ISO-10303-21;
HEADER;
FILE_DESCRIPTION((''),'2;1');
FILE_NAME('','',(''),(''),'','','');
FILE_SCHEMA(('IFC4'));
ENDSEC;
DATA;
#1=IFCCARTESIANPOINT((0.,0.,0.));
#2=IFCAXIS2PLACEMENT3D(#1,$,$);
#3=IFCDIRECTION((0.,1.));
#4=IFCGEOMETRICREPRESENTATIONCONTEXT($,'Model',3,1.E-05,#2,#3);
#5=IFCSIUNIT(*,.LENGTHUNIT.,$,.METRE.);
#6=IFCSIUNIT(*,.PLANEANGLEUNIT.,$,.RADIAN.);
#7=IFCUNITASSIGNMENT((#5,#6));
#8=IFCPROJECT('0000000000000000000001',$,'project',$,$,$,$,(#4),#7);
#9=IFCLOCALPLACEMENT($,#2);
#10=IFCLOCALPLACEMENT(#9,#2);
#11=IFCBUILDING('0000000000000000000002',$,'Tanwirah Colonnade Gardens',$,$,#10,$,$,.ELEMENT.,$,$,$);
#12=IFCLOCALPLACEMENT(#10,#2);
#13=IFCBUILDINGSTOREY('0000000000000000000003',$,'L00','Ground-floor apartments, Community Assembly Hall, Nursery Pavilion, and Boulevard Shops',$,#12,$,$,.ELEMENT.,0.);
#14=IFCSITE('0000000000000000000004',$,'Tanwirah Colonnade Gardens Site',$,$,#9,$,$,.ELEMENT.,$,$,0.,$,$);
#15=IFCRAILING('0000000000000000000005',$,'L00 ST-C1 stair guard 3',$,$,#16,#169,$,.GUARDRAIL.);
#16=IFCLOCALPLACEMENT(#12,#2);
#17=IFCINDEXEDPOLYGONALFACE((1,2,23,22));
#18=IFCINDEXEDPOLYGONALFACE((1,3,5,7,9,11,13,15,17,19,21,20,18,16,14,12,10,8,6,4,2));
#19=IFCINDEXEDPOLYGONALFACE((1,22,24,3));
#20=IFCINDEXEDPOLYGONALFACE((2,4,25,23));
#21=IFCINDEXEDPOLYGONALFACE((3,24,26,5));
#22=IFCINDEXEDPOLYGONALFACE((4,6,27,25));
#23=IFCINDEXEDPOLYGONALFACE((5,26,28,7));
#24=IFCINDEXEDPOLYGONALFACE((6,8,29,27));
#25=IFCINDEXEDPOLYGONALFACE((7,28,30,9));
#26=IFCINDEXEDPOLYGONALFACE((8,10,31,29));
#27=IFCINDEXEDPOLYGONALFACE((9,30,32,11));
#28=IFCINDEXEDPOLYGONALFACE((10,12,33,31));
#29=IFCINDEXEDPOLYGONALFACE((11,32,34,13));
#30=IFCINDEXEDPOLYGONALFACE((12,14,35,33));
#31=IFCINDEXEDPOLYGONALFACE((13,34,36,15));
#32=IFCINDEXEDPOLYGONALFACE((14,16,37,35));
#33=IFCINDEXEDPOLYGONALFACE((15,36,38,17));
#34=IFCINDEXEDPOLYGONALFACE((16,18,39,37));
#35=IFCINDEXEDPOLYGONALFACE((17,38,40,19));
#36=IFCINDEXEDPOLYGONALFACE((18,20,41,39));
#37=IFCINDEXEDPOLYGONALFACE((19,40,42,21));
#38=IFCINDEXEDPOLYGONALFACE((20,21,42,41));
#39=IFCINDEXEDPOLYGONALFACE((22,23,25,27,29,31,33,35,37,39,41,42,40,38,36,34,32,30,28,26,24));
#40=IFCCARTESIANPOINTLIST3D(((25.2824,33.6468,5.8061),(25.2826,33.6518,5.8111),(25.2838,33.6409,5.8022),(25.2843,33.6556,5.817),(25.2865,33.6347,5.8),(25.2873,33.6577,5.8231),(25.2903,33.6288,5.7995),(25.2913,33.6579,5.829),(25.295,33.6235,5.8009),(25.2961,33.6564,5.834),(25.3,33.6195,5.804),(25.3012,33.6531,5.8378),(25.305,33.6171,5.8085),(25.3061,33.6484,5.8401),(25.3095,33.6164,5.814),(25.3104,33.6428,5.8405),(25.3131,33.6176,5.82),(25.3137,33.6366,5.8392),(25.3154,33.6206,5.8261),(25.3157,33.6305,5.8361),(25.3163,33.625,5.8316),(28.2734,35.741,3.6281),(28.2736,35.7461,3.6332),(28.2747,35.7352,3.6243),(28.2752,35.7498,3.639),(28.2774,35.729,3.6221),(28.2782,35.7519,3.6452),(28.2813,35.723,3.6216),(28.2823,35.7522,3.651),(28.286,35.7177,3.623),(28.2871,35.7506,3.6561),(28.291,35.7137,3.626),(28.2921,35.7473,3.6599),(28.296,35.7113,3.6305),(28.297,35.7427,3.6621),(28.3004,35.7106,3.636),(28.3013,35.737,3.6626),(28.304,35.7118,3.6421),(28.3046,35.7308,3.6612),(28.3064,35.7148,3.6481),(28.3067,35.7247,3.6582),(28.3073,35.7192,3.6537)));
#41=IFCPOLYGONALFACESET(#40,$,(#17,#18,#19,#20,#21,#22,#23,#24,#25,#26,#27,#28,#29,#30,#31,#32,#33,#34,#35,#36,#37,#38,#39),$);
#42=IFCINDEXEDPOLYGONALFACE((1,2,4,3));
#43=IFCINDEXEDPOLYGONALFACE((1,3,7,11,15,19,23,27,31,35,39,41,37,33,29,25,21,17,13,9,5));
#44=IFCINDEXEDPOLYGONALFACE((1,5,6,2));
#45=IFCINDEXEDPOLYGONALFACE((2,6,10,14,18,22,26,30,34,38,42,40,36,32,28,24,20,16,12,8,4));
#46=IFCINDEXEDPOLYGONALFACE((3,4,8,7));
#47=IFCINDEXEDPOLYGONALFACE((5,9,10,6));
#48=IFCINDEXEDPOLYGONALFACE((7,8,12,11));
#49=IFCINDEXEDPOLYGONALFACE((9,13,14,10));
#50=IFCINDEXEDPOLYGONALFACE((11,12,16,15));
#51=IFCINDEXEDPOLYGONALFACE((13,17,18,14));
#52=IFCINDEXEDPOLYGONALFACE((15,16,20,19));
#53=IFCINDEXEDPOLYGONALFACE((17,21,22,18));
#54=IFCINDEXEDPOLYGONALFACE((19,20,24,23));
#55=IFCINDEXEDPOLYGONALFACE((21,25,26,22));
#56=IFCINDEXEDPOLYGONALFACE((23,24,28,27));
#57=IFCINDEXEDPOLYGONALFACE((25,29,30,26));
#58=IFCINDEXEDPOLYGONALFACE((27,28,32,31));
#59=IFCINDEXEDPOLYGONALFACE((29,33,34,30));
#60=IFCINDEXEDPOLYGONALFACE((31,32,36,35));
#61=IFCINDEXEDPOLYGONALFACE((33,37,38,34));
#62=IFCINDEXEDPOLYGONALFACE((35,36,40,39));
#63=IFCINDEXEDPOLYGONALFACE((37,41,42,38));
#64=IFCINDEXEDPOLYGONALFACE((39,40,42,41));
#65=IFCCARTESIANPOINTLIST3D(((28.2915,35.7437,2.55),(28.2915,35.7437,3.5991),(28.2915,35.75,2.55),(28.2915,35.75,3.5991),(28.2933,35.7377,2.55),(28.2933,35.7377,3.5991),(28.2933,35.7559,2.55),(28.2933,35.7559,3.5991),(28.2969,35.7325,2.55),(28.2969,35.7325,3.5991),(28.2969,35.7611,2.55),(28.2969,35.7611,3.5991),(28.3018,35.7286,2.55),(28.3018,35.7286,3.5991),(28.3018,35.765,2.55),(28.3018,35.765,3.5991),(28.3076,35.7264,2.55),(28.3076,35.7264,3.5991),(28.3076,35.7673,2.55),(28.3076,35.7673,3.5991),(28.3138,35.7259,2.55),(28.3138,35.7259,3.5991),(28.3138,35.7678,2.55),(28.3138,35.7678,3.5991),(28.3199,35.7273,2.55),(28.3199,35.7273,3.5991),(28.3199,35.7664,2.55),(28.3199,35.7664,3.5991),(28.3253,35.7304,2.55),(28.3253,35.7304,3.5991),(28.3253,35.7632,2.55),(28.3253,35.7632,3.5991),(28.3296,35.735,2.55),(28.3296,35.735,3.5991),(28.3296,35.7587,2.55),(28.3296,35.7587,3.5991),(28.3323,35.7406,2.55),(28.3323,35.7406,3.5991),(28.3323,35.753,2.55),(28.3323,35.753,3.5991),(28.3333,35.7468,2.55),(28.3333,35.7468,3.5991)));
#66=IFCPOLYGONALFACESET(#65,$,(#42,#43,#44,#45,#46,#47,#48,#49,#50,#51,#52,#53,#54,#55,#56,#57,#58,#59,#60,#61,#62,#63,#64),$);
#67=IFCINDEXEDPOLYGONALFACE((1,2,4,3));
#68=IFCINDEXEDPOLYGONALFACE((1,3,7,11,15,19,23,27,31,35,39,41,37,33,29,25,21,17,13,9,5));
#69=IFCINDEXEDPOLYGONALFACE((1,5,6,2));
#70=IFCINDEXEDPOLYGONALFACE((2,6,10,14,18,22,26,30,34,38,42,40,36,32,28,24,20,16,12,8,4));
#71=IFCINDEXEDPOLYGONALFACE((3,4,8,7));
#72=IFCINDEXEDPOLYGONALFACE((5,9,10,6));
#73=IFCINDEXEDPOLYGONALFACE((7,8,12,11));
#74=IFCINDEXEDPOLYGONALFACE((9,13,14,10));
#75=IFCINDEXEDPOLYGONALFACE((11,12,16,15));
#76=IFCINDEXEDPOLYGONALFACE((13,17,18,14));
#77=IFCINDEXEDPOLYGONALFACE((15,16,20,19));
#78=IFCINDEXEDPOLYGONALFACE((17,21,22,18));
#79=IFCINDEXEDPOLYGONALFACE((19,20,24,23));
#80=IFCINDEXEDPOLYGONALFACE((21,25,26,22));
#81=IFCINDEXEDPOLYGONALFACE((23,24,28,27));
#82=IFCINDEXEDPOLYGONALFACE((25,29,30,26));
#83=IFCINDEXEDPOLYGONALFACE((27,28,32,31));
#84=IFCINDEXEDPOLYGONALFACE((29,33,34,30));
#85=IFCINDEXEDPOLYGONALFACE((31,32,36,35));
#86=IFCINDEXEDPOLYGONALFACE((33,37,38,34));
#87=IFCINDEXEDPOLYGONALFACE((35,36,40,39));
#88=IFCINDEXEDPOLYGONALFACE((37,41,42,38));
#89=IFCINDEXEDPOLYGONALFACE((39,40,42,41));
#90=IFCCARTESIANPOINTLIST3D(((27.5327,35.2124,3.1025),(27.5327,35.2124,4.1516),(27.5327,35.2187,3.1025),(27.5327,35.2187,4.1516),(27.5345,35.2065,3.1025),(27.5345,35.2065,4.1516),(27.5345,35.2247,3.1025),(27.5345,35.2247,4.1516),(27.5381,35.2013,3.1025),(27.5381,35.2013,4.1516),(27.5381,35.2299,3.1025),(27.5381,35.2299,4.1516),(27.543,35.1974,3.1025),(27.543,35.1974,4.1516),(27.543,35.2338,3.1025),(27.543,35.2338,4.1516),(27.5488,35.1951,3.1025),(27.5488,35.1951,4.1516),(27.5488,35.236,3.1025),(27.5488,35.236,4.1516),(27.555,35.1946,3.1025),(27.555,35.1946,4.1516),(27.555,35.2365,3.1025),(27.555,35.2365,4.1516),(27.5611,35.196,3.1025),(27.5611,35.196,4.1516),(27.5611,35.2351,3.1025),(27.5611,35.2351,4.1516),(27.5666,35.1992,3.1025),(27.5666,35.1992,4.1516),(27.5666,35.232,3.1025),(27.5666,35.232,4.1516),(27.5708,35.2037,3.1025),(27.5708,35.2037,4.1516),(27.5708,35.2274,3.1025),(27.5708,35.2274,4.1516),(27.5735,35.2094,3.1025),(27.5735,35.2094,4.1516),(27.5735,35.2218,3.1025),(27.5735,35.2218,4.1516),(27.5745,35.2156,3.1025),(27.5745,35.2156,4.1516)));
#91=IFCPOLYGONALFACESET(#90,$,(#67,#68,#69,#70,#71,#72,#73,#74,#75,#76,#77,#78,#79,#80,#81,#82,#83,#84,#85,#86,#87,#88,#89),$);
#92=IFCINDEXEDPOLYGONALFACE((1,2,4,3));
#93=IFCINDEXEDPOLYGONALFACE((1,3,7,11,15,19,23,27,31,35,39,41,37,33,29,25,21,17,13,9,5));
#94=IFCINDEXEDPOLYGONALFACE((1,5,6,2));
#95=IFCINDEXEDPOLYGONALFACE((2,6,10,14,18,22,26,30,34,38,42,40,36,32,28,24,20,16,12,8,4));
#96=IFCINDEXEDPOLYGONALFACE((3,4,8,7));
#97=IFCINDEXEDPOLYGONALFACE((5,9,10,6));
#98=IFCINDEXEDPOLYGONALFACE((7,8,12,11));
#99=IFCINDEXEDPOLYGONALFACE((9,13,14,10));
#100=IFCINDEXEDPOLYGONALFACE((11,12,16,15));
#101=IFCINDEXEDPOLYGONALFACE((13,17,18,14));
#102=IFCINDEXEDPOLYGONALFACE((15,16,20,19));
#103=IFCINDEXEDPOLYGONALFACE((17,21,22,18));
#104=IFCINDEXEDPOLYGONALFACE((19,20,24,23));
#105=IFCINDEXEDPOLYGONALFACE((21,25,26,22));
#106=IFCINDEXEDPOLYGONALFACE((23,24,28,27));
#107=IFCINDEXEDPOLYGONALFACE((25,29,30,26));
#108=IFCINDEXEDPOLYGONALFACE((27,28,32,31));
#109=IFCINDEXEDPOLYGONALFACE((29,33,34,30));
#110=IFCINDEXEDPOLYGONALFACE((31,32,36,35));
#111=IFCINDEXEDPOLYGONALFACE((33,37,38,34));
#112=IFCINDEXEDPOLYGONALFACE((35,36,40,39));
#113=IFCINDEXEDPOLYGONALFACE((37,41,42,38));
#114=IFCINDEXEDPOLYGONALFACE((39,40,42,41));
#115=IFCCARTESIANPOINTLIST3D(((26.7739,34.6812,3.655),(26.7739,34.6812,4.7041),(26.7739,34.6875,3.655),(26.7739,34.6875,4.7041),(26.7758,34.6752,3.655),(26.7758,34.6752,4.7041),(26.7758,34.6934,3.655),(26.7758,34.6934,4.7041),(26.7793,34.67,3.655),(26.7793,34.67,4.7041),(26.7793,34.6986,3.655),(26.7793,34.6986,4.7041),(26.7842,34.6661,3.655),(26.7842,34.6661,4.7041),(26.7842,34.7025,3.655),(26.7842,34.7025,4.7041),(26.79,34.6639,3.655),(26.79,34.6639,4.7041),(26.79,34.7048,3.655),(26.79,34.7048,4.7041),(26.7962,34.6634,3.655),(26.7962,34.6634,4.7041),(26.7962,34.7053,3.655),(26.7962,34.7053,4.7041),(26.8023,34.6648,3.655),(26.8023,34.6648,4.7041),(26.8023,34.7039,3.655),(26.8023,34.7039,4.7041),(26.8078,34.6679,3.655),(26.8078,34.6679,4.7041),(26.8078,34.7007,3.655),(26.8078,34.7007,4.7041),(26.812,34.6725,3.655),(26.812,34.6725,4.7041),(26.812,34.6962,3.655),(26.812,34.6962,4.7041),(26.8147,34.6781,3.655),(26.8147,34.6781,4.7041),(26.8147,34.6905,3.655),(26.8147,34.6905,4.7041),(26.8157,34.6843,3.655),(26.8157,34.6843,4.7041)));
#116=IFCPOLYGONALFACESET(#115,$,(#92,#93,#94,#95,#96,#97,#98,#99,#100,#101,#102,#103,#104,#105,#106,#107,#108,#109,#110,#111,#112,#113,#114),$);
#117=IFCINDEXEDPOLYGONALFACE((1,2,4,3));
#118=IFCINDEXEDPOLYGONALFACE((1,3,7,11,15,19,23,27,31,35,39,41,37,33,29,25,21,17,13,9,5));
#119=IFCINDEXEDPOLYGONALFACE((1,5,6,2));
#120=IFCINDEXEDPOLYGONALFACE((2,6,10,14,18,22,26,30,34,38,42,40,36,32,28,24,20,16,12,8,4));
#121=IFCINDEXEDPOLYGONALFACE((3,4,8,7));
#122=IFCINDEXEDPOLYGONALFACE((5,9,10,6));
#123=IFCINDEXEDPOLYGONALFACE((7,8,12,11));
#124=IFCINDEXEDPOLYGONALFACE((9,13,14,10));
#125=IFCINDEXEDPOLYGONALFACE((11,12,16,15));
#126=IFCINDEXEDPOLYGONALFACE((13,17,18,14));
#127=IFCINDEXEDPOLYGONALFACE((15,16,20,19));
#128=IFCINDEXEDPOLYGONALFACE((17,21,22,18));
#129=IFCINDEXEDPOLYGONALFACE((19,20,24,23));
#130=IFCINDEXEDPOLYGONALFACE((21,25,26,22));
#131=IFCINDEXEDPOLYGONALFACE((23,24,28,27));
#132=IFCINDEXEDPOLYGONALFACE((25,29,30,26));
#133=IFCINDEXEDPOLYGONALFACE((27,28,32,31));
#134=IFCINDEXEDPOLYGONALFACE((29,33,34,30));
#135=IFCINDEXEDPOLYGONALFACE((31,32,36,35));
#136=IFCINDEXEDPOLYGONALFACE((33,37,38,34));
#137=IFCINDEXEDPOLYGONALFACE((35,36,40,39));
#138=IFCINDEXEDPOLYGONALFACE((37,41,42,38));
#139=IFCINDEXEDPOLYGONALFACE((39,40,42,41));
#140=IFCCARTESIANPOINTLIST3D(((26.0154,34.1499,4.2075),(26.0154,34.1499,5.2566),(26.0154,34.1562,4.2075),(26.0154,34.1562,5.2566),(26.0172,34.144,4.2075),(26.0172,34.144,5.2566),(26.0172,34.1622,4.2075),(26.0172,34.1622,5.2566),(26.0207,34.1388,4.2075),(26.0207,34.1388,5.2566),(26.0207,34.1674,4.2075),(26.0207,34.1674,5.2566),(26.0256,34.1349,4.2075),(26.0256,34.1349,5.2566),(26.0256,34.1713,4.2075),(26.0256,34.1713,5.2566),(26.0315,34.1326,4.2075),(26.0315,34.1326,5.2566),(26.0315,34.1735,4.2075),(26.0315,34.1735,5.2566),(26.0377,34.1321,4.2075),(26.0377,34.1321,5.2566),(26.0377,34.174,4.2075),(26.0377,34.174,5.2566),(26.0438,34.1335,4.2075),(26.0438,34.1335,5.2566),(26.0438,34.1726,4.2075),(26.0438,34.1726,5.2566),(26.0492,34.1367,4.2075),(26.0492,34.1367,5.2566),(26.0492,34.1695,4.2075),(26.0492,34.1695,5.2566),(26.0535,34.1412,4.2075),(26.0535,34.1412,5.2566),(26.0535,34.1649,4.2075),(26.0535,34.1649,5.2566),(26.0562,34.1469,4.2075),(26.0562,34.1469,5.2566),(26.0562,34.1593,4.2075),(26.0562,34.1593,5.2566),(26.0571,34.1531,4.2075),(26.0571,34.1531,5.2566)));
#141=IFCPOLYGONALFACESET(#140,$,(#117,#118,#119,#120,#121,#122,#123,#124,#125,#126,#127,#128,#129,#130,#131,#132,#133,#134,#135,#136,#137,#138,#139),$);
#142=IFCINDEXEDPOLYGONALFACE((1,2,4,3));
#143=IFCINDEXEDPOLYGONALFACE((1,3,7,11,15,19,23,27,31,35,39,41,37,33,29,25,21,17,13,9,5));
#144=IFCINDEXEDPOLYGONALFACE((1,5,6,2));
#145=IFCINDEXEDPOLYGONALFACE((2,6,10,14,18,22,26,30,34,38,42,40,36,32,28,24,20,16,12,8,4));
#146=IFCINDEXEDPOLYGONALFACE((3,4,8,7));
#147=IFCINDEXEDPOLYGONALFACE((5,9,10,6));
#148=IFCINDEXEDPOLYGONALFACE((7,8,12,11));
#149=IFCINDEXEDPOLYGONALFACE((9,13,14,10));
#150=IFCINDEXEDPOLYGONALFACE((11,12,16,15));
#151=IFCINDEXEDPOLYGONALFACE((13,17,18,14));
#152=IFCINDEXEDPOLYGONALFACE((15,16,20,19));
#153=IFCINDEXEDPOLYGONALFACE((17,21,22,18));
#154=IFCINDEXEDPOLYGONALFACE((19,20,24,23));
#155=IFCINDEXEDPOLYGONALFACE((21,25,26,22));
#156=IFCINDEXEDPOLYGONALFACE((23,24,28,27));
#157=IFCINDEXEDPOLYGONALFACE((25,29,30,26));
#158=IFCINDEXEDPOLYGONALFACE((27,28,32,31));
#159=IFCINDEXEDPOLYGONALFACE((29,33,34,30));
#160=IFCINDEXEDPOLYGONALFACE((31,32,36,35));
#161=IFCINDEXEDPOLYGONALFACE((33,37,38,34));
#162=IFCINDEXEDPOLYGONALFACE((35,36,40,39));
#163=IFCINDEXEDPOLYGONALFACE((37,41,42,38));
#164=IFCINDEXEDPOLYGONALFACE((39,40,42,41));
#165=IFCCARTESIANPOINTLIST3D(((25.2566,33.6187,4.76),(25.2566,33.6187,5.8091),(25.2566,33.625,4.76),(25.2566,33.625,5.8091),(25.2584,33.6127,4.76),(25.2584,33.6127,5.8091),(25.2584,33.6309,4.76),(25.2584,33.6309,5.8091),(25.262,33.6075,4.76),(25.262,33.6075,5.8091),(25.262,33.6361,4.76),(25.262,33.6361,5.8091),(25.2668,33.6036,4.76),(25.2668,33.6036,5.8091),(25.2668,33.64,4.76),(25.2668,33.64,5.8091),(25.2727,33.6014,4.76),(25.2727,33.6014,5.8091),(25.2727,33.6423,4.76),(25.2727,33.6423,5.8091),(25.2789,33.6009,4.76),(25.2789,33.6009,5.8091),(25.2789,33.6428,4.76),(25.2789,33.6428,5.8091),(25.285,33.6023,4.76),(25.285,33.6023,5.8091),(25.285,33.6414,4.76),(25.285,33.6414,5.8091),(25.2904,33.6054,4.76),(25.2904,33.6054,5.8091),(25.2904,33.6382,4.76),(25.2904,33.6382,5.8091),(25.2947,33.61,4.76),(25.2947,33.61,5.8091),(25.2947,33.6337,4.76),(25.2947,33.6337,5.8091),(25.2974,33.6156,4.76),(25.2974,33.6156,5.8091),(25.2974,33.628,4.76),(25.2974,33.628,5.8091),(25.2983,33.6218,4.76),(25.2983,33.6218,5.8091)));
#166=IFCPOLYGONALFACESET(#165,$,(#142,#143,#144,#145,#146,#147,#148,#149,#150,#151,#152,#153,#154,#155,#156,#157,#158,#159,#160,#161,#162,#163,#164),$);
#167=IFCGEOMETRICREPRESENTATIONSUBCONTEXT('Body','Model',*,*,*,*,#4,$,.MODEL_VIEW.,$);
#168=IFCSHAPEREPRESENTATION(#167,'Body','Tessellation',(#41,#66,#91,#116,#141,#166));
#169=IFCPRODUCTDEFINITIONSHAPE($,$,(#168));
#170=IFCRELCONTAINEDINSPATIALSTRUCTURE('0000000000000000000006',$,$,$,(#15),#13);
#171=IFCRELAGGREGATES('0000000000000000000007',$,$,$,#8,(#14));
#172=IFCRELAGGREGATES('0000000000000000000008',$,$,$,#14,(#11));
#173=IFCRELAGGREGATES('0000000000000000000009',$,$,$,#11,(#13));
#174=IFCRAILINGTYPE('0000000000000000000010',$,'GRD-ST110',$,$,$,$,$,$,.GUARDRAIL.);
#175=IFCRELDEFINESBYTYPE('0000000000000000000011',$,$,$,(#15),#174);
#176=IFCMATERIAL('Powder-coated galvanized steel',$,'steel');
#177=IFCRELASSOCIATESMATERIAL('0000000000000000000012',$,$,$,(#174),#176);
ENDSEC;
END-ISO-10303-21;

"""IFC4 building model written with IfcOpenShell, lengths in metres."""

from ifc_helpers import new_model, si_unit, direction, frame, origin, origin_2d, place, context, subcontext, project, spatial, circle, extrude, material, type_object, element, save


model = new_model("IFC4")

# Units and contexts
model_context = context("Model", 3, precision=1e-05, world=origin(), true_north=direction((0.0, 1.0)))
body_context = subcontext(model_context, "Body", "Model", "MODEL_VIEW")
ifc_project = project(units=[si_unit("LENGTHUNIT", "METRE"), si_unit("PLANEANGLEUNIT", "RADIAN")], contexts=[model_context])

# Site, building, storey
site_placement = place(None, origin())
site = spatial("IfcSite", under=ifc_project, at=site_placement, Name="Tanwirah Colonnade Gardens Site", CompositionType="ELEMENT", RefElevation=0.0)
building_placement = place(site_placement, origin())
building = spatial("IfcBuilding", under=site, at=building_placement, Name="Tanwirah Colonnade Gardens", CompositionType="ELEMENT")
storey_placement = place(building_placement, origin())
storey = spatial("IfcBuildingStorey", under=building, at=storey_placement, Name="L00", Description="Ground-floor apartments, Community Assembly Hall, Nursery Pavilion, and Boulevard Shops", CompositionType="ELEMENT", Elevation=0.0)

# Railing
ifc_material_1 = material(Name="Powder-coated galvanized steel", Category="steel")
railing_type_1 = type_object("IfcRailingType", Name="GRD-ST110", PredefinedType="GUARDRAIL", material=ifc_material_1)
railing_1_placement = place(storey_placement, frame((28.3123, 35.7468, 2.55)))
element("IfcRailing", 1, at=railing_1_placement, inside=storey, type_object=railing_type_1, Name="L00 ST-C1 stair guard 3", PredefinedType="GUARDRAIL", context=body_context, shape_type="SweptSolid", body=[
    extrude(circle(Radius=0.0239, at=origin_2d()), frame((-0.022, -0.0154, 1.092), z_axis=(-0.70351, -0.492587, 0.512281), x_axis=(0.573564, -0.819161, 0.0)), (0.0, 0.0, 1.0), 4.2515),
    extrude(circle(Radius=0.021, at=origin_2d()), origin(), (0.0, 0.0, 1.0), 1.0491),
    extrude(circle(Radius=0.021, at=origin_2d()), frame((-0.7588, -0.5312, 0.5525)), (0.0, 0.0, 1.0), 1.0491),
    extrude(circle(Radius=0.021, at=origin_2d()), frame((-1.5176, -1.0625, 1.105)), (0.0, 0.0, 1.0), 1.0491),
    extrude(circle(Radius=0.021, at=origin_2d()), frame((-2.2761, -1.5938, 1.6575)), (0.0, 0.0, 1.0), 1.0491),
    extrude(circle(Radius=0.021, at=origin_2d()), frame((-3.0349, -2.125, 2.21)), (0.0, 0.0, 1.0), 1.0491),
])

save(model, "model.ifc")
